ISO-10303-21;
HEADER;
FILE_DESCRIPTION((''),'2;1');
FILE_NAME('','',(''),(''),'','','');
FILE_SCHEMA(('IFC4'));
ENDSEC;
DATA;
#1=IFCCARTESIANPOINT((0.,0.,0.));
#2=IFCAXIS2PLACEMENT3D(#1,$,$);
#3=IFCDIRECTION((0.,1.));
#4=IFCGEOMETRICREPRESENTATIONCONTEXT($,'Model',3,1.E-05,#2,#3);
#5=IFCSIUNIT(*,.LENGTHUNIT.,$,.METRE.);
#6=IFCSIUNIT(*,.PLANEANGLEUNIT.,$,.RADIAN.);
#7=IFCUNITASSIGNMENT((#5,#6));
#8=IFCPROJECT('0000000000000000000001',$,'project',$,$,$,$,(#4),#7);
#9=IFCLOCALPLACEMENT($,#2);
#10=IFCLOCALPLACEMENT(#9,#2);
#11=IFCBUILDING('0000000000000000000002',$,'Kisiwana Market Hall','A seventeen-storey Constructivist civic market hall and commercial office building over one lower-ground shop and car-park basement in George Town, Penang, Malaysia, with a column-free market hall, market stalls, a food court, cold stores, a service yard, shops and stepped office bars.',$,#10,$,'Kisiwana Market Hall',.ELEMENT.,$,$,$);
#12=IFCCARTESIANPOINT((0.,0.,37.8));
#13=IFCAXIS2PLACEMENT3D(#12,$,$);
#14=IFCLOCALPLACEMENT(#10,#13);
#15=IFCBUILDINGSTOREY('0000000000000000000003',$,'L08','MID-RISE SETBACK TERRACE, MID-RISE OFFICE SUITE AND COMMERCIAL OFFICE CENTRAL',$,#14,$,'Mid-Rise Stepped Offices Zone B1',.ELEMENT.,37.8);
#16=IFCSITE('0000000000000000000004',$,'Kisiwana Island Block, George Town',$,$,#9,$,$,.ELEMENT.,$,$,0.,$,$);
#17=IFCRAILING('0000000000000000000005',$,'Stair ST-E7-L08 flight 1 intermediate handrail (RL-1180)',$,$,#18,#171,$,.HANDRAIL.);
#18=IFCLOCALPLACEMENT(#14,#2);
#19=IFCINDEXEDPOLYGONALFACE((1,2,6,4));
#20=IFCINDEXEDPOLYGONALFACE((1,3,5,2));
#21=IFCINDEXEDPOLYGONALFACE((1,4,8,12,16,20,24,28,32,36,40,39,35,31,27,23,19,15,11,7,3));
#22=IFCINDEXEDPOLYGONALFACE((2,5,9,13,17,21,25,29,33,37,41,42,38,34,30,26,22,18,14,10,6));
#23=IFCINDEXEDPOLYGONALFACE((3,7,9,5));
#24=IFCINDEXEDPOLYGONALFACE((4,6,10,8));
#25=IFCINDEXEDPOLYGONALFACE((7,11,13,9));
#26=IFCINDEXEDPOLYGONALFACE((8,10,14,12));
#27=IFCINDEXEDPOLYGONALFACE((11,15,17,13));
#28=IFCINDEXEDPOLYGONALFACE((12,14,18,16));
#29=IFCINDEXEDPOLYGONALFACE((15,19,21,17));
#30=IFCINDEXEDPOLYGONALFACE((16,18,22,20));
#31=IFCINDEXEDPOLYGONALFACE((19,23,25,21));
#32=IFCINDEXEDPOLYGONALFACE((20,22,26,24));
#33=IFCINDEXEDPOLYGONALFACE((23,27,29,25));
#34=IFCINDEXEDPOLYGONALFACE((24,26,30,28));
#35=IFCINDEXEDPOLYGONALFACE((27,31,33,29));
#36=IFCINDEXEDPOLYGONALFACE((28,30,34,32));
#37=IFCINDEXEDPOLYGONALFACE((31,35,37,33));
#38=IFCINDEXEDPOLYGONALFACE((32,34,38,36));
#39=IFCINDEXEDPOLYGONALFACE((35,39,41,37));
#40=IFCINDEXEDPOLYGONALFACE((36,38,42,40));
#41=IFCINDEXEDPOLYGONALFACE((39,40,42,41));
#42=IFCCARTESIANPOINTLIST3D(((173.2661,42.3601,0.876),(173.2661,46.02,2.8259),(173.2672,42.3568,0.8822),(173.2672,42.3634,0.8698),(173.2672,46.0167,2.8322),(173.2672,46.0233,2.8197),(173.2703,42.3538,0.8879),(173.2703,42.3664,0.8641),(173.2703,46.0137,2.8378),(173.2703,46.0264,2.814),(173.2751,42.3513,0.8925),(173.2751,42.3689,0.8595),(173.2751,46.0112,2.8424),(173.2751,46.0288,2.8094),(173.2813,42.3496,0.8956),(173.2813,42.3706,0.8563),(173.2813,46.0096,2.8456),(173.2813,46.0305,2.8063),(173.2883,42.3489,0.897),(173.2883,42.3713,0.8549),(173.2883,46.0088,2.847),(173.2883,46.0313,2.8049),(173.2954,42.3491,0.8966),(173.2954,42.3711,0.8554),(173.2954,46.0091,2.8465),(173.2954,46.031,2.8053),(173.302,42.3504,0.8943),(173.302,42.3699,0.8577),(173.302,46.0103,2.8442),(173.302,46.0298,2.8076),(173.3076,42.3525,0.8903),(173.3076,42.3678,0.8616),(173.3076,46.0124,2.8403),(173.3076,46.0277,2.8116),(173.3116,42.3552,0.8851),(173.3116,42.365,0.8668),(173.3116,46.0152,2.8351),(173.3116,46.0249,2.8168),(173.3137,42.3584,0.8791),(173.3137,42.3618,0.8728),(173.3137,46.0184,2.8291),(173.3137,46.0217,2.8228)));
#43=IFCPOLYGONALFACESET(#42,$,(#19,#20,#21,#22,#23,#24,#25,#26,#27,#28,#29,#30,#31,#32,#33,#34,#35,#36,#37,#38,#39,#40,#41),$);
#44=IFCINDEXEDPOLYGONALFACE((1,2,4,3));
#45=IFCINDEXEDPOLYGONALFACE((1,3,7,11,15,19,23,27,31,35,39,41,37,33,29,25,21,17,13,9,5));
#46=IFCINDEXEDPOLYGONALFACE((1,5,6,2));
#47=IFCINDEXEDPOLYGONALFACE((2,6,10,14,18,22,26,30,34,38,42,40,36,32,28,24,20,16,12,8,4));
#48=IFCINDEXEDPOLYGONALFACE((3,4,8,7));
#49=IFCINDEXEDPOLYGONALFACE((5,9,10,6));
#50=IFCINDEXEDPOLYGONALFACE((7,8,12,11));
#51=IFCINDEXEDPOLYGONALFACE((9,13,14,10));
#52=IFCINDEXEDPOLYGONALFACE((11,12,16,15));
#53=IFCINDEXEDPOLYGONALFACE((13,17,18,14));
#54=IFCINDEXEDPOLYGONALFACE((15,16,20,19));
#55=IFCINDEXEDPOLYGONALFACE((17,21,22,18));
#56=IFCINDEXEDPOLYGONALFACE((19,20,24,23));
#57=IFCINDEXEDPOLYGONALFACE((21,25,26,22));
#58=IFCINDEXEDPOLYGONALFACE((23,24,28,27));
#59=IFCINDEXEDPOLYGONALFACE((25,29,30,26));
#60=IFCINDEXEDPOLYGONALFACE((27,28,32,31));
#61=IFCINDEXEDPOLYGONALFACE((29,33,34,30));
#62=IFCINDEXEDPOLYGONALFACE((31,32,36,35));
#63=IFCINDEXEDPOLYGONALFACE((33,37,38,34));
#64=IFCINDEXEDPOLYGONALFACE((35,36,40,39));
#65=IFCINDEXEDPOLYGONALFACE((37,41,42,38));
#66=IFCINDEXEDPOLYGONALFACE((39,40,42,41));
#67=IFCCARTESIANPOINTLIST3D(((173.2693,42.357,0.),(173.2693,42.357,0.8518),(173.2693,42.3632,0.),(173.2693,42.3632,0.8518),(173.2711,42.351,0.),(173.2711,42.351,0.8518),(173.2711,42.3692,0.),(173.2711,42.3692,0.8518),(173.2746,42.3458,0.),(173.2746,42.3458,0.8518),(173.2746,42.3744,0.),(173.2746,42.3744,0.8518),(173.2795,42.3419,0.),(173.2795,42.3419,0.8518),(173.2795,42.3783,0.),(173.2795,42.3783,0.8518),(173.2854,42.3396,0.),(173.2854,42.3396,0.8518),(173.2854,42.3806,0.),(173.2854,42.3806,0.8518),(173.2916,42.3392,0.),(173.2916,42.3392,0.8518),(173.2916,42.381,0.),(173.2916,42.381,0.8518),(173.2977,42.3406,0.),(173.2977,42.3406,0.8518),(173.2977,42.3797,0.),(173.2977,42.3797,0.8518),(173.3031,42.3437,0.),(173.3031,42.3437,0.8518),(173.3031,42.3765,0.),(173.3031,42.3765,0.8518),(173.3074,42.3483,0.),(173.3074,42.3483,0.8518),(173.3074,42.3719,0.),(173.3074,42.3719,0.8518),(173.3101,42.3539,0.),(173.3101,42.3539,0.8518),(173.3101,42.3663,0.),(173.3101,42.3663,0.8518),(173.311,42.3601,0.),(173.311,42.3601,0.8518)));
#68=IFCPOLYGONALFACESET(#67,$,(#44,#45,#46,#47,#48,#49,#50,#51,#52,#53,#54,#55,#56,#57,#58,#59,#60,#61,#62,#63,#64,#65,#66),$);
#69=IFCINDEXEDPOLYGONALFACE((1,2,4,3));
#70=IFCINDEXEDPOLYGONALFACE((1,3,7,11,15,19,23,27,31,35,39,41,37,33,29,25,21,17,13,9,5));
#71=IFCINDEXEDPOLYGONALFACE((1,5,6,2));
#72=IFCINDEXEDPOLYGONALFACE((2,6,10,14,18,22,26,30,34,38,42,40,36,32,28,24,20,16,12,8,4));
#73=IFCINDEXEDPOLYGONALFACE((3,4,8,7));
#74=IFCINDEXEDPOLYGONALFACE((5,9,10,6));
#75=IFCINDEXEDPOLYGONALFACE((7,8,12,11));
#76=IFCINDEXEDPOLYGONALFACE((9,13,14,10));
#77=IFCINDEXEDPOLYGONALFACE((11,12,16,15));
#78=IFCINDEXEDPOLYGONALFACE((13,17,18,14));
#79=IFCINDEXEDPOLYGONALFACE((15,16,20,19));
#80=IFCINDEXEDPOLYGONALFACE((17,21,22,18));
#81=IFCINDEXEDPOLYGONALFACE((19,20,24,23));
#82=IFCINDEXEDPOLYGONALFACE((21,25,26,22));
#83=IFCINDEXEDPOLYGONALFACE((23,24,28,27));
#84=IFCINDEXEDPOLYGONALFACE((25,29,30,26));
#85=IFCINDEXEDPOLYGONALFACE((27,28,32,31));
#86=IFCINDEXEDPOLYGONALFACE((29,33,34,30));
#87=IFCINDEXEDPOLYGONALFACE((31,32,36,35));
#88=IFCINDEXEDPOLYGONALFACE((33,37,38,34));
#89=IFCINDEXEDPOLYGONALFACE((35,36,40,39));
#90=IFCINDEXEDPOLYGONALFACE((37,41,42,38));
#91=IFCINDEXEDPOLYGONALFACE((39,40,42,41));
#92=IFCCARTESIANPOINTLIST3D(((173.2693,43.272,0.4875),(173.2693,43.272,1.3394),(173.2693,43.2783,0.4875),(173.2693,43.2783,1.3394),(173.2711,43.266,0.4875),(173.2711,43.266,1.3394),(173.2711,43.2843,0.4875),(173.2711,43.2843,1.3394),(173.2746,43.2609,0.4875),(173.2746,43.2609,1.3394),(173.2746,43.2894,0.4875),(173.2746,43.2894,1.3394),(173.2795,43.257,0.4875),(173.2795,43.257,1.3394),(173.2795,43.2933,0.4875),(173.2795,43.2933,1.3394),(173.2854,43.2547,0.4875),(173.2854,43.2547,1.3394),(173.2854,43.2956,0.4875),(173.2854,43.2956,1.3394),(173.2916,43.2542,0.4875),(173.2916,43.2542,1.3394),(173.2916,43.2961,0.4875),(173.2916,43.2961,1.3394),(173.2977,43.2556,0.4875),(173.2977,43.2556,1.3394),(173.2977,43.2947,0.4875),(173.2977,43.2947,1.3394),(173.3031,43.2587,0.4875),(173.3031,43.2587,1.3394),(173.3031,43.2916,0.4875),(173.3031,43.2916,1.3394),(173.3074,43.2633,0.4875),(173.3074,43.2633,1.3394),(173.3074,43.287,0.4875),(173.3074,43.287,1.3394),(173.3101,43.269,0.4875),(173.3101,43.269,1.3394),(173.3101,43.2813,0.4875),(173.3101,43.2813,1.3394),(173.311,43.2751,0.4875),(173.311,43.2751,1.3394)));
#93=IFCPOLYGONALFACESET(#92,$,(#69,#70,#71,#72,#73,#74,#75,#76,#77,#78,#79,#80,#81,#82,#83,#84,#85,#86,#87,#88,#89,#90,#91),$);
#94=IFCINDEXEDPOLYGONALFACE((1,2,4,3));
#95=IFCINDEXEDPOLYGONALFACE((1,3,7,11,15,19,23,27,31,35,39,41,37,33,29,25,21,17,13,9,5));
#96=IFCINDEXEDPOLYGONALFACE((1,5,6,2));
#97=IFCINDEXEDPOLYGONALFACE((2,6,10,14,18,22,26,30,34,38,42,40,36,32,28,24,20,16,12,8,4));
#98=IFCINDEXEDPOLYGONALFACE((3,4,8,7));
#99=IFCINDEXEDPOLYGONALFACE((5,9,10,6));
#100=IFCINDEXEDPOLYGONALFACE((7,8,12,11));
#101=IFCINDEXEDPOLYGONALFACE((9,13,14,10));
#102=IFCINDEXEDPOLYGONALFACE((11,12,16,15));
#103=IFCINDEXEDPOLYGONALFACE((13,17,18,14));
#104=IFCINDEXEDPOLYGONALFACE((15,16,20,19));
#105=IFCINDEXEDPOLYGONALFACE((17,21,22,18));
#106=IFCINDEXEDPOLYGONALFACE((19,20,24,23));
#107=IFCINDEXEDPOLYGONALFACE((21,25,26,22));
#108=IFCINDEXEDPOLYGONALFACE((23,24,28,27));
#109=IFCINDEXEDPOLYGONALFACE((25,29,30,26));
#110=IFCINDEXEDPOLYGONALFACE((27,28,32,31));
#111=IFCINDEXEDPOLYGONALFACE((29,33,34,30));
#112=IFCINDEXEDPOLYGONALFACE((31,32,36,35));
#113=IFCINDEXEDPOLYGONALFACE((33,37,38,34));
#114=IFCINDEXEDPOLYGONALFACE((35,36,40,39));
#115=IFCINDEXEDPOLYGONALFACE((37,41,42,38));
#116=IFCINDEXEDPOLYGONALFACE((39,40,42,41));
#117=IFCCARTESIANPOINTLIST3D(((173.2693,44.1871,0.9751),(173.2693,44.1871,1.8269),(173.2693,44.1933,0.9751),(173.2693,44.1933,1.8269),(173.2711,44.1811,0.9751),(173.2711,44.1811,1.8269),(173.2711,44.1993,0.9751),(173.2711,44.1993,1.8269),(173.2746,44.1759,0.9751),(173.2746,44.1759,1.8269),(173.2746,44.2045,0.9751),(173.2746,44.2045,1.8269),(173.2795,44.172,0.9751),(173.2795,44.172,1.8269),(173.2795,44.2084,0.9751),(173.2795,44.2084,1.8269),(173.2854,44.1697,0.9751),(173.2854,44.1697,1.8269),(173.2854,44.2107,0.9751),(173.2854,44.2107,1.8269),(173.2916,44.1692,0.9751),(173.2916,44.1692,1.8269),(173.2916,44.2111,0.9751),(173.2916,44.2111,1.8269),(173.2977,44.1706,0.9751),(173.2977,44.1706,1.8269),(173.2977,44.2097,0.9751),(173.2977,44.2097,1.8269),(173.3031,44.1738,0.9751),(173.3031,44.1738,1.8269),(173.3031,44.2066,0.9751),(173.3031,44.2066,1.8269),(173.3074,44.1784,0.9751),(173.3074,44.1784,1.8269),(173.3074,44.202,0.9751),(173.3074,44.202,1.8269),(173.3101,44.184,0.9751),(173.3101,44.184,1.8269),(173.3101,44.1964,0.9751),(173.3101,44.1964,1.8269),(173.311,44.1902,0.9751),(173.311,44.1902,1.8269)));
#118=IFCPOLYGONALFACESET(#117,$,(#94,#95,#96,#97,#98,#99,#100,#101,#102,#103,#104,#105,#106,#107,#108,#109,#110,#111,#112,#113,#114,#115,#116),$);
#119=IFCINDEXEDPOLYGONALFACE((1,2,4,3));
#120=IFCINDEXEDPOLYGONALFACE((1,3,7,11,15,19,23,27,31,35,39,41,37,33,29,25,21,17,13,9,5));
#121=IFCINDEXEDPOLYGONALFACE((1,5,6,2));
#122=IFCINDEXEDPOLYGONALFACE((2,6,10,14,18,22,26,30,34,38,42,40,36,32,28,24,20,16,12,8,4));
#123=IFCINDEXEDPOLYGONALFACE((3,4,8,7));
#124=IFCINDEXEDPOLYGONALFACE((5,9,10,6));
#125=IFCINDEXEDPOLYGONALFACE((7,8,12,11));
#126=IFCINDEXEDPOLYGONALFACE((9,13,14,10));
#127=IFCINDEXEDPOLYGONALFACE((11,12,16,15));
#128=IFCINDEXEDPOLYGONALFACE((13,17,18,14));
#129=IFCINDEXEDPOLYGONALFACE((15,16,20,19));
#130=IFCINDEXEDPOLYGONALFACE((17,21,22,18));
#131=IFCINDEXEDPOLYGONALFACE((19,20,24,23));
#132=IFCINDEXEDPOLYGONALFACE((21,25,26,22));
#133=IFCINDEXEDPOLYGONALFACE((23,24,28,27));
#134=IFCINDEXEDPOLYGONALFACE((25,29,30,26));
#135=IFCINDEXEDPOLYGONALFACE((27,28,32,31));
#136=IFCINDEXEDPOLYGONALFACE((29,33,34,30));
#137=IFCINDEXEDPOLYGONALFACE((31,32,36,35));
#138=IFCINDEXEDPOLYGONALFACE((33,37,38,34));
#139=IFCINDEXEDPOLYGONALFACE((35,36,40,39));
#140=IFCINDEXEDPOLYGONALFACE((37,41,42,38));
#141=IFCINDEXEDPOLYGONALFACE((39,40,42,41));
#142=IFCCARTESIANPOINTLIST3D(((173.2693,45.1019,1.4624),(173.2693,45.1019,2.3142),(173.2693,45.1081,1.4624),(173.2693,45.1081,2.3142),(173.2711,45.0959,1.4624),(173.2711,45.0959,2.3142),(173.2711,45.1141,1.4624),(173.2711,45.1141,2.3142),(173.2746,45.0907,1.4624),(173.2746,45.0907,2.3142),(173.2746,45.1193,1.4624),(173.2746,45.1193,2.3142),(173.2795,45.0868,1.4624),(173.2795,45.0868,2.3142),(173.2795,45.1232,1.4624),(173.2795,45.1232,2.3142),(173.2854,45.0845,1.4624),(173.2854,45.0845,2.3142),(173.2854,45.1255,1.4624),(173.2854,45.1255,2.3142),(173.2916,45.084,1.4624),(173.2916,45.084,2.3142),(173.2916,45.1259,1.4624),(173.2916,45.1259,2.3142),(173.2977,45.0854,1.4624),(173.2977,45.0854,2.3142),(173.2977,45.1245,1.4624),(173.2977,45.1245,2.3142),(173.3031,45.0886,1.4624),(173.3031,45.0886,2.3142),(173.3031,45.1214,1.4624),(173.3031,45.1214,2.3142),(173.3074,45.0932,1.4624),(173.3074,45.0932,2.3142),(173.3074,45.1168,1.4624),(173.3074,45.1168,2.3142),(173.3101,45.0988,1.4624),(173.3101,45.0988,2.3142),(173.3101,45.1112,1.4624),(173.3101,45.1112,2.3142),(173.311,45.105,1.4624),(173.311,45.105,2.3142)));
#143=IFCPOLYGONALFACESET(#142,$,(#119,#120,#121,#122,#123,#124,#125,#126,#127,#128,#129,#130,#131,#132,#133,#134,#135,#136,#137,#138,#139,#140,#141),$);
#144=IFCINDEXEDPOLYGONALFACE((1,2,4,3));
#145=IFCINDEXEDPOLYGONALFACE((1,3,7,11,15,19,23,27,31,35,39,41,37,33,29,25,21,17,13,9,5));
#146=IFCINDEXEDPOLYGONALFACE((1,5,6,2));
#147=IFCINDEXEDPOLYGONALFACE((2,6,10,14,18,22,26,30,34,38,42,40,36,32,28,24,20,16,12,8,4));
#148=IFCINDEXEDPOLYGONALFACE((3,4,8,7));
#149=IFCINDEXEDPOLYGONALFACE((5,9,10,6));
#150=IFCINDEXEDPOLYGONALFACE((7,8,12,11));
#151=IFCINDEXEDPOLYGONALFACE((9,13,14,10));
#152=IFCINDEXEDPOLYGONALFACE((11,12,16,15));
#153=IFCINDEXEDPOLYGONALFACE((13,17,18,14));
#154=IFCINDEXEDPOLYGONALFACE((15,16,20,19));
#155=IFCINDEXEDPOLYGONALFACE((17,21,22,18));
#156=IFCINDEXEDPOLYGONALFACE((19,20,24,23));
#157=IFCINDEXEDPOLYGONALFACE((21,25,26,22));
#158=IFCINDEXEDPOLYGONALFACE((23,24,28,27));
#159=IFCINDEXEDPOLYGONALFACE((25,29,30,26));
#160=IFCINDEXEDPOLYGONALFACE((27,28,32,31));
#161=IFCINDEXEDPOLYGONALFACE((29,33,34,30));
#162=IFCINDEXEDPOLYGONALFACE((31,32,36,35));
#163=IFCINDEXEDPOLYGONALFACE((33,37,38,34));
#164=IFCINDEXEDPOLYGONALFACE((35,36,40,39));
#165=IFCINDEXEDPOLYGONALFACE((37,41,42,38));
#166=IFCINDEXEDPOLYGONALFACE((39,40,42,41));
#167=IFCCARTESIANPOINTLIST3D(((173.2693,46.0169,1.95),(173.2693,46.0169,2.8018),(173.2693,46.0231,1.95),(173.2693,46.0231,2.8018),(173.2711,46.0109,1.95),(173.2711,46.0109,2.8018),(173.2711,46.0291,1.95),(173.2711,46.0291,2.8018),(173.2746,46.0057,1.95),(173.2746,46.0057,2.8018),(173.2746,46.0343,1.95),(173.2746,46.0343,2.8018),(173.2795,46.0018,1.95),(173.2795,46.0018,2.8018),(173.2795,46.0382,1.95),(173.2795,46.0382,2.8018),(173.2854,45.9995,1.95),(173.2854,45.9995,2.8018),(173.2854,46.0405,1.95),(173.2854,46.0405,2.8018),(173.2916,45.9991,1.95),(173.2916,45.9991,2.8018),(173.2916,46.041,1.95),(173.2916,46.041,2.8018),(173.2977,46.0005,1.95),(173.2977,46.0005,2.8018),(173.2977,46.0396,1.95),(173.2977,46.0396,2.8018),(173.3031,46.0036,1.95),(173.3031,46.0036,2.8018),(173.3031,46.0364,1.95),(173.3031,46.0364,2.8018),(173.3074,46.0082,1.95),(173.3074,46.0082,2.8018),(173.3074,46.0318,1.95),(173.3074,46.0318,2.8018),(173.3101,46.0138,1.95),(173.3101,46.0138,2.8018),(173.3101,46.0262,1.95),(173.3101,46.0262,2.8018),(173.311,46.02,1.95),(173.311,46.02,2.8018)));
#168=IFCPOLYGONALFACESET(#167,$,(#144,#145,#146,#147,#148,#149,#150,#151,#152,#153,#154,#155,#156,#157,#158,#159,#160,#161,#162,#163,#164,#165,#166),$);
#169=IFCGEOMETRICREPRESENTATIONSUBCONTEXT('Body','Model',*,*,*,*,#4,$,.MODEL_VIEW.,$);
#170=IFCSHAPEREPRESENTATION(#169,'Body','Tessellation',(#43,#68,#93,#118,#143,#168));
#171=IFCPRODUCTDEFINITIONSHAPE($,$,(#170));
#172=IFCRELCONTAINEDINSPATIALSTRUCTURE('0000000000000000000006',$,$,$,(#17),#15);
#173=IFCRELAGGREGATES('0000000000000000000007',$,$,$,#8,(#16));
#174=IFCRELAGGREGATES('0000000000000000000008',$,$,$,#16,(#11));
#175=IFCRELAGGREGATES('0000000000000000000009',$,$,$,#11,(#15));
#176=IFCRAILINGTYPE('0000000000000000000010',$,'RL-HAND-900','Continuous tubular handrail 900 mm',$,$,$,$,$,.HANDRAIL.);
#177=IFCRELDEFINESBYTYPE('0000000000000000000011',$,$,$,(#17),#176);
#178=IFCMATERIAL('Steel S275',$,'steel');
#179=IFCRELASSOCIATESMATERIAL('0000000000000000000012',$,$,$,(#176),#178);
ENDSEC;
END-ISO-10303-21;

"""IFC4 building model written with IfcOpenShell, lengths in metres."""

from ifc_helpers import new_model, si_unit, direction, frame, origin, origin_2d, place, context, subcontext, project, spatial, circle, extrude, material, type_object, element, save


model = new_model("IFC4")

# Units and contexts
model_context = context("Model", 3, precision=1e-05, world=origin(), true_north=direction((0.0, 1.0)))
body_context = subcontext(model_context, "Body", "Model", "MODEL_VIEW")
ifc_project = project(units=[si_unit("LENGTHUNIT", "METRE"), si_unit("PLANEANGLEUNIT", "RADIAN")], contexts=[model_context])

# Site, building, storey
site_placement = place(None, origin())
site = spatial("IfcSite", under=ifc_project, at=site_placement, Name="Kisiwana Island Block, George Town", CompositionType="ELEMENT", RefElevation=0.0)
building_placement = place(site_placement, origin())
building = spatial("IfcBuilding", under=site, at=building_placement, Name="Kisiwana Market Hall", Description="A seventeen-storey Constructivist civic market hall and commercial office building over one lower-ground shop and car-park basement in George Town, Penang, Malaysia, with a column-free market hall, market stalls, a food court, cold stores, a service yard, shops and stepped office bars.", LongName="Kisiwana Market Hall", CompositionType="ELEMENT")
storey_placement = place(building_placement, frame((0.0, 0.0, 37.8)))
storey = spatial("IfcBuildingStorey", under=building, at=storey_placement, Name="L08", Description="MID-RISE SETBACK TERRACE, MID-RISE OFFICE SUITE AND COMMERCIAL OFFICE CENTRAL", LongName="Mid-Rise Stepped Offices Zone B1", CompositionType="ELEMENT", Elevation=37.8)

# Railing
ifc_material_1 = material(Name="Steel S275", Category="steel")
railing_type_1 = type_object("IfcRailingType", Name="RL-HAND-900", Description="Continuous tubular handrail 900 mm", PredefinedType="HANDRAIL", material=ifc_material_1)
railing_1_placement = place(storey_placement, frame((173.29, 42.3601, 0.0)))
element("IfcRailing", 1, at=railing_1_placement, inside=storey, type_object=railing_type_1, Name="Stair ST-E7-L08 flight 1 intermediate handrail (RL-1180)", PredefinedType="HANDRAIL", context=body_context, shape_type="SweptSolid", body=[
    extrude(circle(Radius=0.0239, at=origin_2d()), frame((0.0, 0.0, 0.876), z_axis=(0.0, 0.882553, 0.470212), x_axis=(-1.0, 0.0, 0.0)), (0.0, 0.0, 1.0), 4.147),
    extrude(circle(Radius=0.021, at=origin_2d()), origin(), (0.0, 0.0, 1.0), 0.8518),
    extrude(circle(Radius=0.021, at=origin_2d()), frame((0.0, 0.915, 0.4875)), (0.0, 0.0, 1.0), 0.8518),
    extrude(circle(Radius=0.021, at=origin_2d()), frame((0.0, 1.8301, 0.9751)), (0.0, 0.0, 1.0), 0.8518),
    extrude(circle(Radius=0.021, at=origin_2d()), frame((0.0, 2.7449, 1.4624)), (0.0, 0.0, 1.0), 0.8518),
    extrude(circle(Radius=0.021, at=origin_2d()), frame((0.0, 3.6599, 1.95)), (0.0, 0.0, 1.0), 0.8518),
])

save(model, "model.ifc")
